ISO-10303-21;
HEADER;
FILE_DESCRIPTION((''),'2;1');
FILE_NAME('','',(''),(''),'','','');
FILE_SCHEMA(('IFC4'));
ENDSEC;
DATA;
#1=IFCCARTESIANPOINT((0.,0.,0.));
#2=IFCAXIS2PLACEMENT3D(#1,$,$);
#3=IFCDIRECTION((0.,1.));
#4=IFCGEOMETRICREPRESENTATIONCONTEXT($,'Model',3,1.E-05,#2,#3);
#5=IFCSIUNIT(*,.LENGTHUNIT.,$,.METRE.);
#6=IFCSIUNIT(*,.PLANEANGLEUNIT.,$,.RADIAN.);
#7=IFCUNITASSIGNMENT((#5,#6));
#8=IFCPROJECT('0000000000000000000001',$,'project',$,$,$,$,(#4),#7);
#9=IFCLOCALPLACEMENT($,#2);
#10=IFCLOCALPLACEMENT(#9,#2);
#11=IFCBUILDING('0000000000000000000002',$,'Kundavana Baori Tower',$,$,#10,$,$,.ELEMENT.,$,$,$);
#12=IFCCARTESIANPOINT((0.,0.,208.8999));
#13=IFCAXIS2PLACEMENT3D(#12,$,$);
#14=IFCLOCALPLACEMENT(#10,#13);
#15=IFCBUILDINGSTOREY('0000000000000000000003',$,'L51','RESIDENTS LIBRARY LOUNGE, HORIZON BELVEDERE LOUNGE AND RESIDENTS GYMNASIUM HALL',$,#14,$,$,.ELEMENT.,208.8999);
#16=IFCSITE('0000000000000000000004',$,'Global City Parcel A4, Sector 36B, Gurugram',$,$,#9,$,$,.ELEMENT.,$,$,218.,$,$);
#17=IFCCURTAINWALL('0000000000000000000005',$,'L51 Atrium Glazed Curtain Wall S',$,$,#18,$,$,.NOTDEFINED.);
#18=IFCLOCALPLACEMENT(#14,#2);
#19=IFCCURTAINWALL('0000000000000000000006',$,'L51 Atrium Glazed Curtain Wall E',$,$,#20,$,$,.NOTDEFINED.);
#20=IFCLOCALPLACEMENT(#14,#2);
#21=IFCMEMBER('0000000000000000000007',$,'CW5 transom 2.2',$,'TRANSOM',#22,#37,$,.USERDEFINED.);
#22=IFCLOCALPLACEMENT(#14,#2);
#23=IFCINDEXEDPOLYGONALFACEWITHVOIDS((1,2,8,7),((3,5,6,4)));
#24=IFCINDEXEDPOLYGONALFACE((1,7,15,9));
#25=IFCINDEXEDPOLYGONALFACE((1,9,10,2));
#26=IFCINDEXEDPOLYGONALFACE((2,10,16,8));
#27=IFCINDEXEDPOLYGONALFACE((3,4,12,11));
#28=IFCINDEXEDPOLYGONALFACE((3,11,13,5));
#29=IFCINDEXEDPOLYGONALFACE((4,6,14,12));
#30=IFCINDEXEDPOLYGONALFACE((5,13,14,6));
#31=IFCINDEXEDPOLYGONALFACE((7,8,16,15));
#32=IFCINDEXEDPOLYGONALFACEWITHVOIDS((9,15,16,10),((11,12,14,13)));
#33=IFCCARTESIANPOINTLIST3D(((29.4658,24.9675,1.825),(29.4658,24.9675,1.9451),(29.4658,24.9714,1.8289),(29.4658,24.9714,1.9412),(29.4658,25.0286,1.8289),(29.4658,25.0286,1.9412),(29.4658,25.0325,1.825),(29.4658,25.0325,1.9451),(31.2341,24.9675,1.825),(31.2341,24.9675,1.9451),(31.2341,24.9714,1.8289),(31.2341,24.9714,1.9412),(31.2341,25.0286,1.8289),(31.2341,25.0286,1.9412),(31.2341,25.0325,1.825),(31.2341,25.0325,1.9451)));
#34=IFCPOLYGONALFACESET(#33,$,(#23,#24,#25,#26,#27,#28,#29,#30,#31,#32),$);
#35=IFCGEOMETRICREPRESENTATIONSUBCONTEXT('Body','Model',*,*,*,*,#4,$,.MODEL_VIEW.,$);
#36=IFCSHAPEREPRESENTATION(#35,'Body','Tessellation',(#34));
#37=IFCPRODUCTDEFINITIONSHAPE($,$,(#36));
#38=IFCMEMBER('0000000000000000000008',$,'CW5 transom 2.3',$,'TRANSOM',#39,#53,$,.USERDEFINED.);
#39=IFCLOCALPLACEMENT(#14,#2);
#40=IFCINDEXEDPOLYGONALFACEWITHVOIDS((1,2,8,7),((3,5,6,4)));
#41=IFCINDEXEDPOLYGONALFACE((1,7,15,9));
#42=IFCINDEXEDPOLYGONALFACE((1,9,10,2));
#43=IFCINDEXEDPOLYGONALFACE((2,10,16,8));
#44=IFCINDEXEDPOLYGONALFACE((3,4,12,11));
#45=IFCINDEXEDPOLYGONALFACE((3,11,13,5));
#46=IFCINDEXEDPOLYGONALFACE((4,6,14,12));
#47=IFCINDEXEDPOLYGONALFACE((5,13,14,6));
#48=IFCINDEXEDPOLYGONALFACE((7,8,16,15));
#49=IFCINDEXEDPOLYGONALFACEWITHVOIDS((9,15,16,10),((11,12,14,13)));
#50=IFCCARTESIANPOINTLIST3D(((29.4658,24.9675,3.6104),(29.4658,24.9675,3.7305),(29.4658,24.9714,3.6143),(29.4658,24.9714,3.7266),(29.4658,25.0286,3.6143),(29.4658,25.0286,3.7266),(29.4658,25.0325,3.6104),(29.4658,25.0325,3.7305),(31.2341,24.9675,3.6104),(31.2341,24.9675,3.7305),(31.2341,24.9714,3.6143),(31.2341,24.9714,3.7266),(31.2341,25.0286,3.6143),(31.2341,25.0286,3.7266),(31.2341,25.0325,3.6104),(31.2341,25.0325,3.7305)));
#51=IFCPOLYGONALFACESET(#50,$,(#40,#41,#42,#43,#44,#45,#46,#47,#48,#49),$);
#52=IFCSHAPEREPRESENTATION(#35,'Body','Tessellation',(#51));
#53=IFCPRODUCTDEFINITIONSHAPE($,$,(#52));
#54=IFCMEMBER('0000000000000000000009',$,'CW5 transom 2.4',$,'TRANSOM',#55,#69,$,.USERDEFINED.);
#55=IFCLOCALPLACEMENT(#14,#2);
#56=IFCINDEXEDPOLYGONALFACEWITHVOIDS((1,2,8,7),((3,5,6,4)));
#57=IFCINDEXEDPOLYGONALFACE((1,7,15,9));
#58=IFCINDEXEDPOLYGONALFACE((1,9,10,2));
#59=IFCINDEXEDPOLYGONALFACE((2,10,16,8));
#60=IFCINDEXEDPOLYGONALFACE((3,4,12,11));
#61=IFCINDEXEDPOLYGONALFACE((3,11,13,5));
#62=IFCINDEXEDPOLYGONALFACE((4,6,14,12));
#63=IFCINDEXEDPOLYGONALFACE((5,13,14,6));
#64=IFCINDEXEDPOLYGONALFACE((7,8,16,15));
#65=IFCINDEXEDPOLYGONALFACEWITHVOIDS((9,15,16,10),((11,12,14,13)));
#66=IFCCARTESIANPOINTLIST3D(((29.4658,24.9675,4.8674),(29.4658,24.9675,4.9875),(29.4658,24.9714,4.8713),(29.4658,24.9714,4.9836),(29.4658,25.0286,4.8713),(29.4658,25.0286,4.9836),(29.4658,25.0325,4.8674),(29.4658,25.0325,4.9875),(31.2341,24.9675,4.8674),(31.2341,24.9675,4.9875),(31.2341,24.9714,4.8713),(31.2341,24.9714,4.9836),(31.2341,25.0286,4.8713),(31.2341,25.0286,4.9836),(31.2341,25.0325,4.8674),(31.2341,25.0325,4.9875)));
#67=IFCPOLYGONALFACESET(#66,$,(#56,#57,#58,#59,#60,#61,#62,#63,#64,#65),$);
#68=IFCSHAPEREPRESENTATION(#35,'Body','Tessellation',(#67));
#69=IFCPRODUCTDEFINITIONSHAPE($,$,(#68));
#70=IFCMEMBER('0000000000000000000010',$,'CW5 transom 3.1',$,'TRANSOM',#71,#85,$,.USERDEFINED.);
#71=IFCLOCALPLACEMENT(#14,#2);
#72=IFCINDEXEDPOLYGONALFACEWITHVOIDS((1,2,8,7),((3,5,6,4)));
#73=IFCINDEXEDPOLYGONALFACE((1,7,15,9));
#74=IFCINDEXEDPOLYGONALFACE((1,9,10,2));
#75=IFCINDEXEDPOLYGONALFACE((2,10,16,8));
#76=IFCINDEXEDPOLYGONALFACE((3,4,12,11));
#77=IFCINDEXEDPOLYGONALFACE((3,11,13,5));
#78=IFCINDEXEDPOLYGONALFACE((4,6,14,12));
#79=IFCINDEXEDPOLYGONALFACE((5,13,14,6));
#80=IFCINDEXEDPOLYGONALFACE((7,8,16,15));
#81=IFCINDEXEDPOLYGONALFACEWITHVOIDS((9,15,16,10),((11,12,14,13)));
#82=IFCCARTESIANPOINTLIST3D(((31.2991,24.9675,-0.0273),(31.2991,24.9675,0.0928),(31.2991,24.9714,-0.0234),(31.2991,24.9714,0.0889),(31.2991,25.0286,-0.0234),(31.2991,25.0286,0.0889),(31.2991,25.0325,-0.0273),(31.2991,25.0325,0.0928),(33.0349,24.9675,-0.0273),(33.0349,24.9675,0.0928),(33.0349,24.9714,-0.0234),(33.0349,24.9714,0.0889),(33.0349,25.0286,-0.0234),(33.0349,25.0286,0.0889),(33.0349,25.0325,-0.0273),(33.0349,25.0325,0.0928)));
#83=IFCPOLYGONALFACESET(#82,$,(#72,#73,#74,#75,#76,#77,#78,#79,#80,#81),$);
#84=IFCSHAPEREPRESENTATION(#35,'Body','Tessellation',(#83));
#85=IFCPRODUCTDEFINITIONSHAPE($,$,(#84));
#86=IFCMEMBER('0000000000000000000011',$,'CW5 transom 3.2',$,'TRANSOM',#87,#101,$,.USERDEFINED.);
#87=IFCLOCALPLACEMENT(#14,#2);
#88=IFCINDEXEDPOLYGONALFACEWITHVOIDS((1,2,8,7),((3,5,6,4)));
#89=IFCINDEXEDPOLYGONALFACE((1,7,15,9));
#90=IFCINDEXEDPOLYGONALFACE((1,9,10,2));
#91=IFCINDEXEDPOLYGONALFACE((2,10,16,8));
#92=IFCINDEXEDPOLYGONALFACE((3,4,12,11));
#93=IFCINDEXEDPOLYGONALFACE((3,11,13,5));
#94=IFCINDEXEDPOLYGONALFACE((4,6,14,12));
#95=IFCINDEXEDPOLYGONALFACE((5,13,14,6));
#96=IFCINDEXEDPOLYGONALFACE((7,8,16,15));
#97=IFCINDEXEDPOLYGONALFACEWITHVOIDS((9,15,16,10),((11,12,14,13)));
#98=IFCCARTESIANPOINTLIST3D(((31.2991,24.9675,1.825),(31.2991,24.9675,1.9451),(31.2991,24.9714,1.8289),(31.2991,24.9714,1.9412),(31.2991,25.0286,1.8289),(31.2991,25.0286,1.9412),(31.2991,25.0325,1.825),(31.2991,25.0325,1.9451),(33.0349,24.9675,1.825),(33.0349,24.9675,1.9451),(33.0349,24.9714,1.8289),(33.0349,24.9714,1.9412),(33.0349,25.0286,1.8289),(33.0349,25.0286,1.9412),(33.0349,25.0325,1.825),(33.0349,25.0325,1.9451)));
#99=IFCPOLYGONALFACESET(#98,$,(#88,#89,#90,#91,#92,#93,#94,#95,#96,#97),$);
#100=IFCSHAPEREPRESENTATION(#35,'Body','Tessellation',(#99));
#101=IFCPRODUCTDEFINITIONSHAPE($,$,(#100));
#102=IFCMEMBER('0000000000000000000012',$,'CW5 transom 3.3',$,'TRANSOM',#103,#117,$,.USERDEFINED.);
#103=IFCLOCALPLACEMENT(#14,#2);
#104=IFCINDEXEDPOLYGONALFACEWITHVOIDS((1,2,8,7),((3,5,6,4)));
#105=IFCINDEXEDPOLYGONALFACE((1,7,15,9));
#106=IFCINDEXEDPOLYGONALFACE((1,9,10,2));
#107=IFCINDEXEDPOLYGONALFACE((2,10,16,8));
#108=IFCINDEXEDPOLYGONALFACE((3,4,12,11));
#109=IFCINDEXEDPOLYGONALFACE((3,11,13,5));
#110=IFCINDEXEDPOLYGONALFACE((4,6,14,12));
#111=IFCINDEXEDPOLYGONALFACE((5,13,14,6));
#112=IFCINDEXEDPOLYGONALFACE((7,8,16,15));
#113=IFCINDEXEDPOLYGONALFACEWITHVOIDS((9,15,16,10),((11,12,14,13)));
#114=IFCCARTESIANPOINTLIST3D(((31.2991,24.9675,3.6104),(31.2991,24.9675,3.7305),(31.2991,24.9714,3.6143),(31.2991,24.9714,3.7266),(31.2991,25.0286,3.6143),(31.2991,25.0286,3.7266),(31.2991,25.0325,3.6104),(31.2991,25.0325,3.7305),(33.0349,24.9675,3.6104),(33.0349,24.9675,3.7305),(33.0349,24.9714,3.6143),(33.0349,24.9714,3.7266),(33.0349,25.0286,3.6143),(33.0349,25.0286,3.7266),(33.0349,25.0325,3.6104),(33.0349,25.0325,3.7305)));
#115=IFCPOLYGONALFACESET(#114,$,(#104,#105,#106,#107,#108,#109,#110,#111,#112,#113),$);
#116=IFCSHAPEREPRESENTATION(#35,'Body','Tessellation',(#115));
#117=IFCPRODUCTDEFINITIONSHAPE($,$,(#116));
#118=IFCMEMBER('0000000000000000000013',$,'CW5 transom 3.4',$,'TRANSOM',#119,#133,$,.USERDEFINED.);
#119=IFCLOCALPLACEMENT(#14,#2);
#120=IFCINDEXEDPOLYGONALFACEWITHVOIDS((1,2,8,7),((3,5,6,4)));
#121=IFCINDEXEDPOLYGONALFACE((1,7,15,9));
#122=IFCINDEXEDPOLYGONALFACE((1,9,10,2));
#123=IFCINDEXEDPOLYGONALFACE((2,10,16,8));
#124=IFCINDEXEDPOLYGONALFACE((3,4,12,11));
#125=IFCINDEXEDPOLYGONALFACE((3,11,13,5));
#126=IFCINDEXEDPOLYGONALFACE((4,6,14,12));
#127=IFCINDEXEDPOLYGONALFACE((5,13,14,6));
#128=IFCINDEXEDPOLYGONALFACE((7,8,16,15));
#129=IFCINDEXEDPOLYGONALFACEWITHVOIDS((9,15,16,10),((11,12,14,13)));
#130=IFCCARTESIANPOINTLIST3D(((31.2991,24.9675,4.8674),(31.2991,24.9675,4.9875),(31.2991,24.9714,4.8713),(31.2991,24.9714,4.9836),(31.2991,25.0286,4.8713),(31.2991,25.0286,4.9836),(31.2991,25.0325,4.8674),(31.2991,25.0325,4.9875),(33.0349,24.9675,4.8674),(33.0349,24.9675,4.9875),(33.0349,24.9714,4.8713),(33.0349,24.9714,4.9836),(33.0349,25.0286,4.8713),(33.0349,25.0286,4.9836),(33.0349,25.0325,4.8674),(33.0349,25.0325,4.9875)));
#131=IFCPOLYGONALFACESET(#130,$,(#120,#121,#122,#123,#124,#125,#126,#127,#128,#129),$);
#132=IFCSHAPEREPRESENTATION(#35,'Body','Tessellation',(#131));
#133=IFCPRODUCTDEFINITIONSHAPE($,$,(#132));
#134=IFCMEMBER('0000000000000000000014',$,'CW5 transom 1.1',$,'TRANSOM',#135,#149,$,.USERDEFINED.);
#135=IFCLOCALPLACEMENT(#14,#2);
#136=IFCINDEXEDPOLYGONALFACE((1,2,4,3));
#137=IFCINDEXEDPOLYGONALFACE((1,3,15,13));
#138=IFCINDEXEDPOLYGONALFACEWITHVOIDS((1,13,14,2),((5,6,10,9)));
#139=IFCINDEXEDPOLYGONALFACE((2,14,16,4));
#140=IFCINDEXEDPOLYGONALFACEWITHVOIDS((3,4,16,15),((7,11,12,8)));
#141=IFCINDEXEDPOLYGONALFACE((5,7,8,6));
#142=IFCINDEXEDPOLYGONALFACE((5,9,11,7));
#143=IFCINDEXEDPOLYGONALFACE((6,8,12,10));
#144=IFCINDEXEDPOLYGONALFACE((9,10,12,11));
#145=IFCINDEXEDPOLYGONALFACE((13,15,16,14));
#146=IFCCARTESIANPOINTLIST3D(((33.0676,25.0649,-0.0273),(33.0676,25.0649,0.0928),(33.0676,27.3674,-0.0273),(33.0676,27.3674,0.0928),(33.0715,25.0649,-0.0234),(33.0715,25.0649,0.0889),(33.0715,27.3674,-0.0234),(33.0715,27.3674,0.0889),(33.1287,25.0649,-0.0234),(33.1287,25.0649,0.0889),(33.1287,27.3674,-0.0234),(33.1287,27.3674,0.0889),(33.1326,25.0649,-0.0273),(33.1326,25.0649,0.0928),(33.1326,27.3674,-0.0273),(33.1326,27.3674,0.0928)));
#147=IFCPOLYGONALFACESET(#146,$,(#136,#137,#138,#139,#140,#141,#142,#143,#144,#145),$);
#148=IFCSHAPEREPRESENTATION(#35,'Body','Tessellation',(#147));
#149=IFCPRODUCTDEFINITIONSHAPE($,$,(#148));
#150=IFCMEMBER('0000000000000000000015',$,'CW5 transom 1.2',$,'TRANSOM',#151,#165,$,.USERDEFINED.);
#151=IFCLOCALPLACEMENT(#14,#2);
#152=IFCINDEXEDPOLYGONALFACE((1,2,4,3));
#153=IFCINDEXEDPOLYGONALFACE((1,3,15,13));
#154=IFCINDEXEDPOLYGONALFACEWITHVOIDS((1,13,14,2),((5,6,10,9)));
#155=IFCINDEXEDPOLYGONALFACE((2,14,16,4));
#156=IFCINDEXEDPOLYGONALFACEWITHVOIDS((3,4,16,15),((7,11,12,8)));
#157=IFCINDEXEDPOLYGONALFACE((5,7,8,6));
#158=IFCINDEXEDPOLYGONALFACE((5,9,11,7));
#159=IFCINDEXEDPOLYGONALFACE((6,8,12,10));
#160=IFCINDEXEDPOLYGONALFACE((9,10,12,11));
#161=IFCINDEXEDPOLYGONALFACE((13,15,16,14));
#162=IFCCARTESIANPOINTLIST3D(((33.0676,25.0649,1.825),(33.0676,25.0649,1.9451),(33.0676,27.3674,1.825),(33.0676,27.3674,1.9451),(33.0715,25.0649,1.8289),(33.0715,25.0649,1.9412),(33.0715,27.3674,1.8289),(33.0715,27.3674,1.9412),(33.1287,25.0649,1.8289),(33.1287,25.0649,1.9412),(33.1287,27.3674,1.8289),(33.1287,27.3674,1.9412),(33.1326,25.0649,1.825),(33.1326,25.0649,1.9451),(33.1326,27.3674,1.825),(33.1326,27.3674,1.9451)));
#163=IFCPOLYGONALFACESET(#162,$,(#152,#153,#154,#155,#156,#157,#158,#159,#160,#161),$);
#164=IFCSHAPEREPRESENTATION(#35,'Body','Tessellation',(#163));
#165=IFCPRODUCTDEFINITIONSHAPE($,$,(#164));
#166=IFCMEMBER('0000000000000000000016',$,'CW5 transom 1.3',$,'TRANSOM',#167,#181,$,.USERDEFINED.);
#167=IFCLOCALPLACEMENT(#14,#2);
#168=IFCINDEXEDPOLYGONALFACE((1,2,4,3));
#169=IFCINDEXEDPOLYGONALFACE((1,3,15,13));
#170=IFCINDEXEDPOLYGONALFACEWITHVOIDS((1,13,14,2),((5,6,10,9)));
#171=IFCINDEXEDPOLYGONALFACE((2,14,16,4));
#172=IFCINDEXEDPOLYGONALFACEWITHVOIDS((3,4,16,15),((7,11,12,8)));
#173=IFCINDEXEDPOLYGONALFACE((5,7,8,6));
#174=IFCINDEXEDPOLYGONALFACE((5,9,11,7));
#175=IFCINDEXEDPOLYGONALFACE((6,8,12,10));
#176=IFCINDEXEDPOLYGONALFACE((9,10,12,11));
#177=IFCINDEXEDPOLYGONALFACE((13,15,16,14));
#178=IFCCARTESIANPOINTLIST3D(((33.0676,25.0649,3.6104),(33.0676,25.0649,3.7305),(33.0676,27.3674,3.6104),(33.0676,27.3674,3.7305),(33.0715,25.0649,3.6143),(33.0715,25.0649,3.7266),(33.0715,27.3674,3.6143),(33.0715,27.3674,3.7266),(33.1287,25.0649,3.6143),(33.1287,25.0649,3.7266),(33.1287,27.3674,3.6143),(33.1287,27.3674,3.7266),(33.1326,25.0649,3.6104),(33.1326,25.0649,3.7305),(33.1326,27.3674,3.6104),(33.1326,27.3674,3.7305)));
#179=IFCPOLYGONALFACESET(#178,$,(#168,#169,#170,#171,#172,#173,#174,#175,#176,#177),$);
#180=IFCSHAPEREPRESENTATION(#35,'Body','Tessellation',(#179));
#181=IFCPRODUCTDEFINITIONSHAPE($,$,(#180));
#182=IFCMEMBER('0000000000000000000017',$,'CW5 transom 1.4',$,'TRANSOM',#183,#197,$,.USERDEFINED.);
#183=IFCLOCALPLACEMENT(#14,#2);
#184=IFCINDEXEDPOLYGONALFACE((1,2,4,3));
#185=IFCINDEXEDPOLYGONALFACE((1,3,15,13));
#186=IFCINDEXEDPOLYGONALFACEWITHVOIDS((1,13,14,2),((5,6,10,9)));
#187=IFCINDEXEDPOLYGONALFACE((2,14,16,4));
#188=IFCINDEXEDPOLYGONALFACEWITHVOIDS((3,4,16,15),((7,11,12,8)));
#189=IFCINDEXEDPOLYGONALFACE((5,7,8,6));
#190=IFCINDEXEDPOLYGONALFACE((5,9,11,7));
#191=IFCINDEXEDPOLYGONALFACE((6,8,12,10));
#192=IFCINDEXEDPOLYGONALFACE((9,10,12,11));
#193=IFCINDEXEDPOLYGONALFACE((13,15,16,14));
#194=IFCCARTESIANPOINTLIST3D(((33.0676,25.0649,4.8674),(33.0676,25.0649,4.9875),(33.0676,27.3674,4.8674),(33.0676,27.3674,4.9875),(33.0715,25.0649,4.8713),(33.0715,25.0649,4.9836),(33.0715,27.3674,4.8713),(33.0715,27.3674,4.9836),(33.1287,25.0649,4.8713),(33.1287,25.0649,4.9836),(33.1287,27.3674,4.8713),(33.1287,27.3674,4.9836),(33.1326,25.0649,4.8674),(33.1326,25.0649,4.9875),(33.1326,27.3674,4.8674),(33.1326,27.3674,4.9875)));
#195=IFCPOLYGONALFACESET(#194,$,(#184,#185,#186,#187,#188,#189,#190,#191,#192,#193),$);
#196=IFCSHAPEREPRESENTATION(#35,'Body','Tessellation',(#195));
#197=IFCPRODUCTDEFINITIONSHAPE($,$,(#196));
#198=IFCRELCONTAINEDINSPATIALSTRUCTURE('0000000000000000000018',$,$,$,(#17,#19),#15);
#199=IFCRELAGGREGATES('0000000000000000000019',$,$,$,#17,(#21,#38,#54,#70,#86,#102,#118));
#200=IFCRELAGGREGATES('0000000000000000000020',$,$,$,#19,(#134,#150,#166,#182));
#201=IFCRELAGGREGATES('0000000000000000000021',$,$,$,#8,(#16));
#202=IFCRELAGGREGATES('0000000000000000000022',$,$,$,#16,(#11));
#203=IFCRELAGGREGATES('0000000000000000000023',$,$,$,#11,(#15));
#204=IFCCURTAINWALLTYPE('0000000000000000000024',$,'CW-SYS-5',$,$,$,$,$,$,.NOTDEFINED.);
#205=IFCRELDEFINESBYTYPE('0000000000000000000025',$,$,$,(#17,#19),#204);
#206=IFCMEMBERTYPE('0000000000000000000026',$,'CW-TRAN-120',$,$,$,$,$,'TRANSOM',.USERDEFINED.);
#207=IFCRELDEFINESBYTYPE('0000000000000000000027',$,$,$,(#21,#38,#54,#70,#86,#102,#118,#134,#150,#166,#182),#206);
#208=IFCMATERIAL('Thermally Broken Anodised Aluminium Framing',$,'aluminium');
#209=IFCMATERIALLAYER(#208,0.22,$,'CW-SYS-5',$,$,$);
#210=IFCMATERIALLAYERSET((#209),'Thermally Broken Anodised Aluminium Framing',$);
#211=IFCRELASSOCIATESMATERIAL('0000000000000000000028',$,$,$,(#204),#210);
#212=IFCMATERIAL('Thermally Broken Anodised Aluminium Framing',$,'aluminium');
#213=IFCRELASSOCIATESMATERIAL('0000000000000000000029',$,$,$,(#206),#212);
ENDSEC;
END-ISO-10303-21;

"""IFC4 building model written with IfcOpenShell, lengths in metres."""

from ifc_helpers import new_model, si_unit, direction, frame, origin, origin_2d, place, context, subcontext, project, spatial, hollow_rectangle, extrude, material, layer, layer_set, material_profile, profile_set, type_object, element, aggregate, save


model = new_model("IFC4")

# Units and contexts
model_context = context("Model", 3, precision=1e-05, world=origin(), true_north=direction((0.0, 1.0)))
body_context = subcontext(model_context, "Body", "Model", "MODEL_VIEW")
ifc_project = project(units=[si_unit("LENGTHUNIT", "METRE"), si_unit("PLANEANGLEUNIT", "RADIAN")], contexts=[model_context])

# Site, building, storey
site_placement = place(None, origin())
site = spatial("IfcSite", under=ifc_project, at=site_placement, Name="Global City Parcel A4, Sector 36B, Gurugram", CompositionType="ELEMENT", RefElevation=218.0)
building_placement = place(site_placement, origin())
building = spatial("IfcBuilding", under=site, at=building_placement, Name="Kundavana Baori Tower", CompositionType="ELEMENT")
storey_placement = place(building_placement, frame((0.0, 0.0, 208.8999)))
storey = spatial("IfcBuildingStorey", under=building, at=storey_placement, Name="L51", Description="RESIDENTS LIBRARY LOUNGE, HORIZON BELVEDERE LOUNGE AND RESIDENTS GYMNASIUM HALL", CompositionType="ELEMENT", Elevation=208.8999)

# Curtain walls
ifc_material_1 = material(Name="Thermally Broken Anodised Aluminium Framing", Category="aluminium")
ifc_layer_1 = layer(ifc_material_1, 0.22, Name="CW-SYS-5")
ifc_layer_set_1 = layer_set([ifc_layer_1], Name="Thermally Broken Anodised Aluminium Framing")
curtain_wall_type = type_object("IfcCurtainWallType", Name="CW-SYS-5", PredefinedType="NOTDEFINED", material=ifc_layer_set_1)
curtain_wall_1_placement = place(storey_placement, origin())
curtain_wall_1 = element("IfcCurtainWall", 1, at=curtain_wall_1_placement, inside=storey, type_object=curtain_wall_type, Name="L51 Atrium Glazed Curtain Wall S", PredefinedType="NOTDEFINED")
curtain_wall_2_placement = place(storey_placement, origin())
curtain_wall_2 = element("IfcCurtainWall", 2, at=curtain_wall_2_placement, inside=storey, type_object=curtain_wall_type, Name="L51 Atrium Glazed Curtain Wall E", PredefinedType="NOTDEFINED")

# Members
ifc_material_2 = material(Name="Thermally Broken Anodised Aluminium Framing", Category="aluminium")
ifc_material_profile_1 = material_profile(ifc_material_2, hollow_rectangle(XDim=0.0649, YDim=0.1201, WallThickness=0.0039, at=origin_2d()), Name="CW-TRAN-120")
ifc_profile_set_1 = profile_set([ifc_material_profile_1], Name="Thermally Broken Anodised Aluminium Framing")
member_type_1 = type_object("IfcMemberType", Name="CW-TRAN-120", ElementType="TRANSOM", PredefinedType="USERDEFINED", material=ifc_profile_set_1)
member_1_placement = place(storey_placement, frame((29.4658, 25.0, 1.885), z_axis=(1.0, 0.0, 0.0), x_axis=(0.0, 1.0, 0.0)))
member_1 = element("IfcMember", 3, at=member_1_placement, type_object=member_type_1, Name="CW5 transom 2.2", ObjectType="TRANSOM", PredefinedType="USERDEFINED", context=body_context, shape_type="SweptSolid", body=[
    extrude(hollow_rectangle(XDim=0.0649, YDim=0.1201, WallThickness=0.0039, at=origin_2d()), origin(), (0.0, 0.0, 1.0), 1.7683),
])
member_2_placement = place(storey_placement, frame((29.4658, 25.0, 3.6704), z_axis=(1.0, 0.0, 0.0), x_axis=(0.0, 1.0, 0.0)))
member_2 = element("IfcMember", 4, at=member_2_placement, type_object=member_type_1, Name="CW5 transom 2.3", ObjectType="TRANSOM", PredefinedType="USERDEFINED", context=body_context, shape_type="SweptSolid", body=[
    extrude(hollow_rectangle(XDim=0.0649, YDim=0.1201, WallThickness=0.0039, at=origin_2d()), origin(), (0.0, 0.0, 1.0), 1.7683),
])
member_3_placement = place(storey_placement, frame((29.4658, 25.0, 4.9275), z_axis=(1.0, 0.0, 0.0), x_axis=(0.0, 1.0, 0.0)))
member_3 = element("IfcMember", 5, at=member_3_placement, type_object=member_type_1, Name="CW5 transom 2.4", ObjectType="TRANSOM", PredefinedType="USERDEFINED", context=body_context, shape_type="SweptSolid", body=[
    extrude(hollow_rectangle(XDim=0.0649, YDim=0.1201, WallThickness=0.0039, at=origin_2d()), origin(), (0.0, 0.0, 1.0), 1.7683),
])
member_4_placement = place(storey_placement, frame((31.2991, 25.0, 0.0327), z_axis=(1.0, 0.0, 0.0), x_axis=(0.0, 1.0, 0.0)))
member_4 = element("IfcMember", 6, at=member_4_placement, type_object=member_type_1, Name="CW5 transom 3.1", ObjectType="TRANSOM", PredefinedType="USERDEFINED", context=body_context, shape_type="SweptSolid", body=[
    extrude(hollow_rectangle(XDim=0.0649, YDim=0.1201, WallThickness=0.0039, at=origin_2d()), origin(), (0.0, 0.0, 1.0), 1.7358),
])
member_5_placement = place(storey_placement, frame((31.2991, 25.0, 1.885), z_axis=(1.0, 0.0, 0.0), x_axis=(0.0, 1.0, 0.0)))
member_5 = element("IfcMember", 7, at=member_5_placement, type_object=member_type_1, Name="CW5 transom 3.2", ObjectType="TRANSOM", PredefinedType="USERDEFINED", context=body_context, shape_type="SweptSolid", body=[
    extrude(hollow_rectangle(XDim=0.0649, YDim=0.1201, WallThickness=0.0039, at=origin_2d()), origin(), (0.0, 0.0, 1.0), 1.7358),
])
member_6_placement = place(storey_placement, frame((31.2991, 25.0, 3.6704), z_axis=(1.0, 0.0, 0.0), x_axis=(0.0, 1.0, 0.0)))
member_6 = element("IfcMember", 8, at=member_6_placement, type_object=member_type_1, Name="CW5 transom 3.3", ObjectType="TRANSOM", PredefinedType="USERDEFINED", context=body_context, shape_type="SweptSolid", body=[
    extrude(hollow_rectangle(XDim=0.0649, YDim=0.1201, WallThickness=0.0039, at=origin_2d()), origin(), (0.0, 0.0, 1.0), 1.7358),
])
member_7_placement = place(storey_placement, frame((31.2991, 25.0, 4.9275), z_axis=(1.0, 0.0, 0.0), x_axis=(0.0, 1.0, 0.0)))
member_7 = element("IfcMember", 9, at=member_7_placement, type_object=member_type_1, Name="CW5 transom 3.4", ObjectType="TRANSOM", PredefinedType="USERDEFINED", context=body_context, shape_type="SweptSolid", body=[
    extrude(hollow_rectangle(XDim=0.0649, YDim=0.1201, WallThickness=0.0039, at=origin_2d()), origin(), (0.0, 0.0, 1.0), 1.7358),
])
member_8_placement = place(storey_placement, frame((33.1001, 25.0649, 0.0327), z_axis=(0.0, 1.0, 0.0), x_axis=(-1.0, 0.0, 0.0)))
member_8 = element("IfcMember", 10, at=member_8_placement, type_object=member_type_1, Name="CW5 transom 1.1", ObjectType="TRANSOM", PredefinedType="USERDEFINED", context=body_context, shape_type="SweptSolid", body=[
    extrude(hollow_rectangle(XDim=0.0649, YDim=0.1201, WallThickness=0.0039, at=origin_2d()), origin(), (0.0, 0.0, 1.0), 2.3025),
])
member_9_placement = place(storey_placement, frame((33.1001, 25.0649, 1.885), z_axis=(0.0, 1.0, 0.0), x_axis=(-1.0, 0.0, 0.0)))
member_9 = element("IfcMember", 11, at=member_9_placement, type_object=member_type_1, Name="CW5 transom 1.2", ObjectType="TRANSOM", PredefinedType="USERDEFINED", context=body_context, shape_type="SweptSolid", body=[
    extrude(hollow_rectangle(XDim=0.0649, YDim=0.1201, WallThickness=0.0039, at=origin_2d()), origin(), (0.0, 0.0, 1.0), 2.3025),
])
member_10_placement = place(storey_placement, frame((33.1001, 25.0649, 3.6704), z_axis=(0.0, 1.0, 0.0), x_axis=(-1.0, 0.0, 0.0)))
member_10 = element("IfcMember", 12, at=member_10_placement, type_object=member_type_1, Name="CW5 transom 1.3", ObjectType="TRANSOM", PredefinedType="USERDEFINED", context=body_context, shape_type="SweptSolid", body=[
    extrude(hollow_rectangle(XDim=0.0649, YDim=0.1201, WallThickness=0.0039, at=origin_2d()), origin(), (0.0, 0.0, 1.0), 2.3025),
])
member_11_placement = place(storey_placement, frame((33.1001, 25.0649, 4.9275), z_axis=(0.0, 1.0, 0.0), x_axis=(-1.0, 0.0, 0.0)))
member_11 = element("IfcMember", 13, at=member_11_placement, type_object=member_type_1, Name="CW5 transom 1.4", ObjectType="TRANSOM", PredefinedType="USERDEFINED", context=body_context, shape_type="SweptSolid", body=[
    extrude(hollow_rectangle(XDim=0.0649, YDim=0.1201, WallThickness=0.0039, at=origin_2d()), origin(), (0.0, 0.0, 1.0), 2.3025),
])

aggregate(curtain_wall_1, [member_1, member_2, member_3, member_4, member_5, member_6, member_7])
aggregate(curtain_wall_2, [member_8, member_9, member_10, member_11])

save(model, "model.ifc")
